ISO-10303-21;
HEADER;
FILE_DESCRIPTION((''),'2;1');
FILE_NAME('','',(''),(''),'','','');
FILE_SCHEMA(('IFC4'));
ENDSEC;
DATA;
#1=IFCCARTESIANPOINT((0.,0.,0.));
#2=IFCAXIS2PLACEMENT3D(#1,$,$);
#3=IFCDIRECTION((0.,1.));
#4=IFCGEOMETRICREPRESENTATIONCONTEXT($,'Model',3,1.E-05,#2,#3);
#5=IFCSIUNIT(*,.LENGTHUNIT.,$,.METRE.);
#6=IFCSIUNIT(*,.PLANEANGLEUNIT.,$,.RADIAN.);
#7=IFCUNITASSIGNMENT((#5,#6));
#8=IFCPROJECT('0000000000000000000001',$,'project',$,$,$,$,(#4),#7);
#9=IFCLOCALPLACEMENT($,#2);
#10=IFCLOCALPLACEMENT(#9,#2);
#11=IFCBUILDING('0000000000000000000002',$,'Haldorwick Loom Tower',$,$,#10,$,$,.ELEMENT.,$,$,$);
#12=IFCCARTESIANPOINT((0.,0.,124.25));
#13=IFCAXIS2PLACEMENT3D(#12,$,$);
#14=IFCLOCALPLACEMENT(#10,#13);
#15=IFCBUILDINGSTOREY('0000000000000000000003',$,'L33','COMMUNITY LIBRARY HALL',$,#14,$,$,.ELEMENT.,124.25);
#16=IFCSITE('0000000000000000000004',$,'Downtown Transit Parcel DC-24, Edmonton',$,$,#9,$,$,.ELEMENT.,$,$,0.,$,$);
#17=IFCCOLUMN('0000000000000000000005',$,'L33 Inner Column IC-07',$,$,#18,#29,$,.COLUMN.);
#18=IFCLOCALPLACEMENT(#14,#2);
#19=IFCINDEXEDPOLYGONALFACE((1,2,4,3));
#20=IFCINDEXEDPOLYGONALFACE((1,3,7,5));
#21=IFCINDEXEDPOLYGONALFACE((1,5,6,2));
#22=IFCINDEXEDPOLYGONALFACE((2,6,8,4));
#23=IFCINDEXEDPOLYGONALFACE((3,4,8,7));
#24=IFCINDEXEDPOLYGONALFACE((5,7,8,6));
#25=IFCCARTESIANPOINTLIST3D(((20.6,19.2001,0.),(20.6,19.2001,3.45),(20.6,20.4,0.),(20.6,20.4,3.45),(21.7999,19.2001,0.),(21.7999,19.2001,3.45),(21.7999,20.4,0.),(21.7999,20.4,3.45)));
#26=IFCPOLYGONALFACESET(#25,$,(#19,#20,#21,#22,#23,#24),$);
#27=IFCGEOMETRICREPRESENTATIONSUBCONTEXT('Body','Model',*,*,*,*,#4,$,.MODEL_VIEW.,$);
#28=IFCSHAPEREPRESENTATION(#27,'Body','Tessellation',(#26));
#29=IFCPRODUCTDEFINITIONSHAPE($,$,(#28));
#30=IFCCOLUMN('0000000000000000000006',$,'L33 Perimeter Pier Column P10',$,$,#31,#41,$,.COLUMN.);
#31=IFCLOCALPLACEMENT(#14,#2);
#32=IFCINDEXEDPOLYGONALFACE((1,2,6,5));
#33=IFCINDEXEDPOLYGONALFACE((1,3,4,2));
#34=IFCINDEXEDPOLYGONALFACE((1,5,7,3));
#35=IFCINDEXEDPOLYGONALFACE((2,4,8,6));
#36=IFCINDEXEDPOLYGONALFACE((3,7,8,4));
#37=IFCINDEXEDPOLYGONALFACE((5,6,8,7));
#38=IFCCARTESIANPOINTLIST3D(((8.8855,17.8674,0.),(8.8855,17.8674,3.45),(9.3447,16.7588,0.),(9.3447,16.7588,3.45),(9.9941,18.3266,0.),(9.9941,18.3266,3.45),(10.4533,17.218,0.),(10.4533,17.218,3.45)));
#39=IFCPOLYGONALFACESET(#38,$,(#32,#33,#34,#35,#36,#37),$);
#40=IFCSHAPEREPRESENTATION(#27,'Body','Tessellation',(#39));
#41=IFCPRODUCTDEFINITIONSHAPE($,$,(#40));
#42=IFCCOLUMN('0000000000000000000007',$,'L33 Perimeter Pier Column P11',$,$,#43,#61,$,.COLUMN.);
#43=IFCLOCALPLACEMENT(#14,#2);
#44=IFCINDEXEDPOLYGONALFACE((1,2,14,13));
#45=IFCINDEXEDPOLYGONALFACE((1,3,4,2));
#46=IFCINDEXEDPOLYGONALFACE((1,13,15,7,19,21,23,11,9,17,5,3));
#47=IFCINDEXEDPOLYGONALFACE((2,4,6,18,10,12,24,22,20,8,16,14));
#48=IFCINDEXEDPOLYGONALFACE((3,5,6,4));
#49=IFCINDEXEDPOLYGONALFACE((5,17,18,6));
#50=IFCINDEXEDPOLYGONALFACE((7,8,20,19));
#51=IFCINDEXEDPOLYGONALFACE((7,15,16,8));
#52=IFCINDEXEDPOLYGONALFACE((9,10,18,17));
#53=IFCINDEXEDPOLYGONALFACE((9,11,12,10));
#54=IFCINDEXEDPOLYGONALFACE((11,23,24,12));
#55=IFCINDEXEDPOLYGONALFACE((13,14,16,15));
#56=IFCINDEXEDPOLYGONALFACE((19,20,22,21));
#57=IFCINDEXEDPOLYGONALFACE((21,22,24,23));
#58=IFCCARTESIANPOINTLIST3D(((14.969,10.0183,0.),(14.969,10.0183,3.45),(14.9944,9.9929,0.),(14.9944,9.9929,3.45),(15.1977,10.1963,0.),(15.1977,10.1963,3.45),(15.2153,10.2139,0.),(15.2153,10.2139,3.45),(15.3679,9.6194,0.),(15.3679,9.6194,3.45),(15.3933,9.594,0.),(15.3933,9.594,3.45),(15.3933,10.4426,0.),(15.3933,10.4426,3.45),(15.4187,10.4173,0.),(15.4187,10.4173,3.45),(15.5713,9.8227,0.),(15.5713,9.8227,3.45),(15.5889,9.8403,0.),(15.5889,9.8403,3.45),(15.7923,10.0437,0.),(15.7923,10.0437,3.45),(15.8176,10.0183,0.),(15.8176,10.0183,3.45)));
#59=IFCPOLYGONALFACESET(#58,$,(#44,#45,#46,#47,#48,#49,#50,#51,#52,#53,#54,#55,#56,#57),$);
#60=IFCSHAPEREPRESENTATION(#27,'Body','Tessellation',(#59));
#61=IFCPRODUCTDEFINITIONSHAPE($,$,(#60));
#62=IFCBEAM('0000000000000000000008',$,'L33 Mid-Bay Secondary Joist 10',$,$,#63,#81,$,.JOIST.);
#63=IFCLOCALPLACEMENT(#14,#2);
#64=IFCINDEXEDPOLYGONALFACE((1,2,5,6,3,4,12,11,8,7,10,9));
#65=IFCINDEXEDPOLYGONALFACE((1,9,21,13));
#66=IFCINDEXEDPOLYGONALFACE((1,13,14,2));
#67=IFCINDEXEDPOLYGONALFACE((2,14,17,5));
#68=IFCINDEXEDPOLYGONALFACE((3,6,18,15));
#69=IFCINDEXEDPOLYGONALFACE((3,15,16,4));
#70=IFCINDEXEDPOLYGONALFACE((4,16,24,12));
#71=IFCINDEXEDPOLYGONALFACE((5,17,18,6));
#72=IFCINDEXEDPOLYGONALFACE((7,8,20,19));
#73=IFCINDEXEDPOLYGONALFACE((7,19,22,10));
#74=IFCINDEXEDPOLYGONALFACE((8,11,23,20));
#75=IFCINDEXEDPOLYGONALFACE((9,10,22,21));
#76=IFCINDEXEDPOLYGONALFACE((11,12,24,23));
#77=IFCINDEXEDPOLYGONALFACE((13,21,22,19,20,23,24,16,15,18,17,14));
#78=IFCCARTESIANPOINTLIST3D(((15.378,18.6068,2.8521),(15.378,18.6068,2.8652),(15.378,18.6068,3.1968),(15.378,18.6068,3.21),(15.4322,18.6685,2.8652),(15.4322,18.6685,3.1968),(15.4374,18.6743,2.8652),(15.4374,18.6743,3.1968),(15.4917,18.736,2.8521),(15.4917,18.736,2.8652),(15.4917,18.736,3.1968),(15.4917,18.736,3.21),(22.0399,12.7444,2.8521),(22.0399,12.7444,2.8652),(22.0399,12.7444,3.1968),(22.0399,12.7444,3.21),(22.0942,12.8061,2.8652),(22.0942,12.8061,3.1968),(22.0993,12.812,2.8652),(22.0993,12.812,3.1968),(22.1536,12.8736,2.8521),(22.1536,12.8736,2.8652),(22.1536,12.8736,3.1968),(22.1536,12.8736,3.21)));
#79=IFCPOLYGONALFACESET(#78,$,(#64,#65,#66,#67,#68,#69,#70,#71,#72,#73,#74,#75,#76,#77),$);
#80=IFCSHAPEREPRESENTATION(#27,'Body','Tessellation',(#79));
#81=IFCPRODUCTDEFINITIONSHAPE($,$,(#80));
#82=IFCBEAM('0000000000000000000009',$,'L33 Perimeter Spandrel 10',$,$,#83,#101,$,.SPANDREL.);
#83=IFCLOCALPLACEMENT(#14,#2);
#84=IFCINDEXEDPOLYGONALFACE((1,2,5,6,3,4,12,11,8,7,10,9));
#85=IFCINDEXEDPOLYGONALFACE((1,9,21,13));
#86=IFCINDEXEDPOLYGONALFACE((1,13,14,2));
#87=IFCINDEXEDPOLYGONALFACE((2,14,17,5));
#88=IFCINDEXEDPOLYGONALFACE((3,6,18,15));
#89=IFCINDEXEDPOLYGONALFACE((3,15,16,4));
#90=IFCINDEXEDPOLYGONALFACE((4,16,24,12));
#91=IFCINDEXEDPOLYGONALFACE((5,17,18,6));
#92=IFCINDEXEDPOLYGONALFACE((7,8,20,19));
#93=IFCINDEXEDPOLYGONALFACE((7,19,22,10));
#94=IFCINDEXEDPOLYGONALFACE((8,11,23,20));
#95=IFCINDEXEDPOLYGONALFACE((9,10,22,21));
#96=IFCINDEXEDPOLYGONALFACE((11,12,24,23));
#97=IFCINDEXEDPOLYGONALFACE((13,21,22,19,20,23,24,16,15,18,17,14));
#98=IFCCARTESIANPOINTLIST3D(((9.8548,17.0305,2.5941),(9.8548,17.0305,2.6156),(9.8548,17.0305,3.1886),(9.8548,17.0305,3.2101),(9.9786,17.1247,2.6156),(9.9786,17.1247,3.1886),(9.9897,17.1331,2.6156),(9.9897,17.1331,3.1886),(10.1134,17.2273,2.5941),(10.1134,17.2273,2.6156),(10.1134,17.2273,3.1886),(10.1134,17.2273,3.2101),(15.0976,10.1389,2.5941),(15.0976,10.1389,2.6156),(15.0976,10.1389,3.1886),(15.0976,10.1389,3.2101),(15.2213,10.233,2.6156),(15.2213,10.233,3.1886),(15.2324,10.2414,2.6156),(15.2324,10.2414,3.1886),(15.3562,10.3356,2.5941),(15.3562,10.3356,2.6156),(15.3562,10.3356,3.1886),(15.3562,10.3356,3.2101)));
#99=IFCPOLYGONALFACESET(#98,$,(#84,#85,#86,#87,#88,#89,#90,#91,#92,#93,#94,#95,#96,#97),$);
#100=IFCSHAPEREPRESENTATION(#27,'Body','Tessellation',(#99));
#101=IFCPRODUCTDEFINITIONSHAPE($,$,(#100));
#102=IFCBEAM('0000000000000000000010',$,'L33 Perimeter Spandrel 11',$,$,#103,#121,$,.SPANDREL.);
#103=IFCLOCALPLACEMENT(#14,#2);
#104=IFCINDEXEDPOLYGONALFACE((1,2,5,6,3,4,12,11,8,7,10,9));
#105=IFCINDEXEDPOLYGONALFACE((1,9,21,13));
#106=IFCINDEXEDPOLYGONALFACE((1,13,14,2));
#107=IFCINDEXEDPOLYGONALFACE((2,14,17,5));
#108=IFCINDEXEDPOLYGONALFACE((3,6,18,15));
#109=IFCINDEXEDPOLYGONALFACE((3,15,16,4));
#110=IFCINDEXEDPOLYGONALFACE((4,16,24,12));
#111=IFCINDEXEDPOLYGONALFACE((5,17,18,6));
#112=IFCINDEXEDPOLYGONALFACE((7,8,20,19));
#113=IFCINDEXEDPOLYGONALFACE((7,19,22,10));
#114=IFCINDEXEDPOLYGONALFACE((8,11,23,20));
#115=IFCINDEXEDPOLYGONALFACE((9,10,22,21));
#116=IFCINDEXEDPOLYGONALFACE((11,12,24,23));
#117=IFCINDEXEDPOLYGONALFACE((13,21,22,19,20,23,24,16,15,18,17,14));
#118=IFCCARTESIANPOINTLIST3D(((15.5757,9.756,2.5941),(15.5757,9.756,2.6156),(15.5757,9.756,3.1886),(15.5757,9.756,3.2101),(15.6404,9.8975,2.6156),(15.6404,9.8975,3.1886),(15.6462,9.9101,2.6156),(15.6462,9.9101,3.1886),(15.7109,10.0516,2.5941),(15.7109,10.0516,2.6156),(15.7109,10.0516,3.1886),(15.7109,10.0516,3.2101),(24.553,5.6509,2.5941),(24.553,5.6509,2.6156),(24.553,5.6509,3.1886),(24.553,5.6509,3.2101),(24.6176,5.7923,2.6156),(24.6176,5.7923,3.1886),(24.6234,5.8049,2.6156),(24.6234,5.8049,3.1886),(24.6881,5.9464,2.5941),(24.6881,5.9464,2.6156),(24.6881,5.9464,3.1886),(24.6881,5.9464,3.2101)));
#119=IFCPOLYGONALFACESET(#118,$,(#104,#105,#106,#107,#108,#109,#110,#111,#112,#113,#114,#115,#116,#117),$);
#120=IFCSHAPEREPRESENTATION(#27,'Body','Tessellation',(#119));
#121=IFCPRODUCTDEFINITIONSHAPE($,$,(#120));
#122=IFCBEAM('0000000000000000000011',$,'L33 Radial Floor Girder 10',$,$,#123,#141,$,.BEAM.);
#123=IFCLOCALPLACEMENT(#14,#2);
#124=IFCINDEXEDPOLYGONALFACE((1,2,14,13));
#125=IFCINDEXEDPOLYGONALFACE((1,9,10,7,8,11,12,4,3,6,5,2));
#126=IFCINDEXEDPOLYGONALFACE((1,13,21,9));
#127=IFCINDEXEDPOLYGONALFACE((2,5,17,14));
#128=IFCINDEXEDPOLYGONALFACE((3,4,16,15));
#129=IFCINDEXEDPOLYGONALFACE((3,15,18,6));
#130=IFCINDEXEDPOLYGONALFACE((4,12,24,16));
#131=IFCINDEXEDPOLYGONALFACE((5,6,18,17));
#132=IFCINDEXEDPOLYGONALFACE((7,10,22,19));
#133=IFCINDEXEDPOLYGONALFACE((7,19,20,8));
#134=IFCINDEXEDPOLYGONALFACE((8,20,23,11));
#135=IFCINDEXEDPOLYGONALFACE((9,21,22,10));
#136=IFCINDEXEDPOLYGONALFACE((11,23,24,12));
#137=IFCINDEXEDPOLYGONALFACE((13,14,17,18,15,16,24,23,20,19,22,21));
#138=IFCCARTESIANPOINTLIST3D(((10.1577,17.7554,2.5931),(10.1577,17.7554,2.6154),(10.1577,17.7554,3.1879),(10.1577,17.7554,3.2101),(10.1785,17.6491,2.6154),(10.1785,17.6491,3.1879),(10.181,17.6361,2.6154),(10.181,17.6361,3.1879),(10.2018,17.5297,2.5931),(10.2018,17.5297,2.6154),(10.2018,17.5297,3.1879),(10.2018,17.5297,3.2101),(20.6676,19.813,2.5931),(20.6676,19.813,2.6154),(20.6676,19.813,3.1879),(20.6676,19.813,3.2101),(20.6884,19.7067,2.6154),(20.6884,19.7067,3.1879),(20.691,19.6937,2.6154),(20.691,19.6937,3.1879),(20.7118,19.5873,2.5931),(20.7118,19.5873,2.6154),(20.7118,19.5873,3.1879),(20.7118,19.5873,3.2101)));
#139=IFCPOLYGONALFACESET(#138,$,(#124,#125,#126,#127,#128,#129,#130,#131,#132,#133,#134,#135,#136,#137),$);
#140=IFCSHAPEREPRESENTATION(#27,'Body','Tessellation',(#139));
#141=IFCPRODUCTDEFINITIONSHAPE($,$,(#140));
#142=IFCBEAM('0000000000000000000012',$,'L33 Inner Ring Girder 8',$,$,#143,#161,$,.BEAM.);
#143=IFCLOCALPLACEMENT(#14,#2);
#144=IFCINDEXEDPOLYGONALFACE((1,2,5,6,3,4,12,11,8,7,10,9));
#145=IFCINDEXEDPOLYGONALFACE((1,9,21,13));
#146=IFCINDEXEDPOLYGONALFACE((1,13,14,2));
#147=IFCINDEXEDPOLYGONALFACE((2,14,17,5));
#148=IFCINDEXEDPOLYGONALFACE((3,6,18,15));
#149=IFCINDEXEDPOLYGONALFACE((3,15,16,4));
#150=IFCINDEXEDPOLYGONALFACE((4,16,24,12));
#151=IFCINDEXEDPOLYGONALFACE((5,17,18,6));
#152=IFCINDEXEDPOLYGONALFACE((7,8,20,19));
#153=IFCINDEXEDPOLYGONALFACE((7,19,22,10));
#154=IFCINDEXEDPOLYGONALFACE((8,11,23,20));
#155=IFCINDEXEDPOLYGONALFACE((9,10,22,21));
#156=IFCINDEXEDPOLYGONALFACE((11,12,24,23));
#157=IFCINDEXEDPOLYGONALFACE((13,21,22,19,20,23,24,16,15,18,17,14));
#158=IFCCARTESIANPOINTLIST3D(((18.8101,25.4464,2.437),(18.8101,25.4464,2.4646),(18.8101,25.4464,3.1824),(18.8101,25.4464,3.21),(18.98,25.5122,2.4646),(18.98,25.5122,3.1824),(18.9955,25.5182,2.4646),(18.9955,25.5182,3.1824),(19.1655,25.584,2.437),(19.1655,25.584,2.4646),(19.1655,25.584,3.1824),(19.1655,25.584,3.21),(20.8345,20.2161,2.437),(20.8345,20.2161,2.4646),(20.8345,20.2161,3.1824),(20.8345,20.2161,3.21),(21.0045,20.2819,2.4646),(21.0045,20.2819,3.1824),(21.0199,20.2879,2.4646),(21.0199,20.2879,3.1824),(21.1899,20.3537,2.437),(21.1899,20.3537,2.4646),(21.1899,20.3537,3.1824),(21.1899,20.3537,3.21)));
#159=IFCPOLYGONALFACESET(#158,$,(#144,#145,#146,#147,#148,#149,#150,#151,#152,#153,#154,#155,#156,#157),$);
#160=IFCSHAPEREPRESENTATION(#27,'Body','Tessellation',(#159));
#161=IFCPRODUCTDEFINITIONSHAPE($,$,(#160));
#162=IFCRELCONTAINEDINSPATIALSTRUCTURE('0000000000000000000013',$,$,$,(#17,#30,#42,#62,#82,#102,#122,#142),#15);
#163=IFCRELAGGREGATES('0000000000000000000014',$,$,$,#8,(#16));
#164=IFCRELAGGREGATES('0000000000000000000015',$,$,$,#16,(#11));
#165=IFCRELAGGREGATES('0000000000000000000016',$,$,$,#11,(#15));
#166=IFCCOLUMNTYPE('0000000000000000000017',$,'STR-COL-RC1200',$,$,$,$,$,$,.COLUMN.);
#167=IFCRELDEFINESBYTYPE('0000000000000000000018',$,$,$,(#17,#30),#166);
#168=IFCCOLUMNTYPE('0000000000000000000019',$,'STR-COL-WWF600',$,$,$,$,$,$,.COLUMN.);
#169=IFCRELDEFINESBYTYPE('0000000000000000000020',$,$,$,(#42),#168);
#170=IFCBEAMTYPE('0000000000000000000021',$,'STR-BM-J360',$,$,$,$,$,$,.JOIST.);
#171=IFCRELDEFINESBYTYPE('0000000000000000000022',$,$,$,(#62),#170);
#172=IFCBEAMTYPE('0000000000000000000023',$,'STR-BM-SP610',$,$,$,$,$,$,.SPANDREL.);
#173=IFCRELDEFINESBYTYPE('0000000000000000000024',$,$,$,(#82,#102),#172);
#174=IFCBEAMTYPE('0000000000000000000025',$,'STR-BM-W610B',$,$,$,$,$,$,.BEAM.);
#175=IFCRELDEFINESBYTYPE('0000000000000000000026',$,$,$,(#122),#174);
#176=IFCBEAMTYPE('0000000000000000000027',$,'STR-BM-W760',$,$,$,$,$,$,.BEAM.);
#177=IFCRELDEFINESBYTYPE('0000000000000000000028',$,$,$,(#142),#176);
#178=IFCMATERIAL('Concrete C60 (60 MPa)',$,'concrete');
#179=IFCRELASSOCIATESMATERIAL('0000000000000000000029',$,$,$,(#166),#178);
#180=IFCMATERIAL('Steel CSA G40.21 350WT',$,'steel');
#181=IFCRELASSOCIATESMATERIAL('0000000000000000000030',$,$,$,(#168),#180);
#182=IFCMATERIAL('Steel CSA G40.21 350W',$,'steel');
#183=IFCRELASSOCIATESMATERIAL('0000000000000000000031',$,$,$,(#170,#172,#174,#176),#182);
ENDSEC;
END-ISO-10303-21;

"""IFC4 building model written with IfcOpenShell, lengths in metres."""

from ifc_helpers import new_model, si_unit, direction, frame, origin, origin_2d, place, context, subcontext, project, spatial, rectangle, i_section, extrude, material, material_profile, profile_set, type_object, element, save


model = new_model("IFC4")

# Units and contexts
model_context = context("Model", 3, precision=1e-05, world=origin(), true_north=direction((0.0, 1.0)))
body_context = subcontext(model_context, "Body", "Model", "MODEL_VIEW")
ifc_project = project(units=[si_unit("LENGTHUNIT", "METRE"), si_unit("PLANEANGLEUNIT", "RADIAN")], contexts=[model_context])

# Site, building, storey
site_placement = place(None, origin())
site = spatial("IfcSite", under=ifc_project, at=site_placement, Name="Downtown Transit Parcel DC-24, Edmonton", CompositionType="ELEMENT", RefElevation=0.0)
building_placement = place(site_placement, origin())
building = spatial("IfcBuilding", under=site, at=building_placement, Name="Haldorwick Loom Tower", CompositionType="ELEMENT")
storey_placement = place(building_placement, frame((0.0, 0.0, 124.25)))
storey = spatial("IfcBuildingStorey", under=building, at=storey_placement, Name="L33", Description="COMMUNITY LIBRARY HALL", CompositionType="ELEMENT", Elevation=124.25)

# Columns
ifc_material_1 = material(Name="Concrete C60 (60 MPa)", Category="concrete")
ifc_material_profile_1 = material_profile(ifc_material_1, rectangle(XDim=1.2, YDim=1.2, at=origin_2d()), Name="RC1200X1200", Category="concrete")
ifc_profile_set_1 = profile_set([ifc_material_profile_1], Name="Concrete C60 (60 MPa)")
column_type_1 = type_object("IfcColumnType", Name="STR-COL-RC1200", PredefinedType="COLUMN", material=ifc_profile_set_1)
for number, where, z_axis, x_axis, name in (
    (1, (21.2, 19.8, 0.0), (0.0, 0.0, 1.0), (1.0, 0.0, 0.0), "L33 Inner Column IC-07"),
    (2, (9.6694, 17.5427, 0.0), (0.0, 0.0, 1.0), (-0.92388, -0.382683, 0.0), "L33 Perimeter Pier Column P10"),
):
    element("IfcColumn", number, at=place(storey_placement, frame(where, z_axis=z_axis, x_axis=x_axis)), inside=storey, type_object=column_type_1, Name=name, PredefinedType="COLUMN", context=body_context, shape_type="SweptSolid", body=[
        extrude(rectangle(XDim=1.2, YDim=1.2, at=origin_2d()), origin(), (0.0, 0.0, 1.0), 3.45),
    ])
ifc_material_2 = material(Name="Steel CSA G40.21 350WT", Category="steel")
ifc_material_profile_2 = material_profile(ifc_material_2, i_section(OverallWidth=0.6001, OverallDepth=0.6001, WebThickness=0.0249, FlangeThickness=0.0359, at=origin_2d()), Name="WWF600X600", Category="steel")
ifc_profile_set_2 = profile_set([ifc_material_profile_2], Name="Steel CSA G40.21 350WT")
column_type_2 = type_object("IfcColumnType", Name="STR-COL-WWF600", PredefinedType="COLUMN", material=ifc_profile_set_2)
column_placement = place(storey_placement, frame((15.3933, 10.0183, 0.0), z_axis=(0.0, 0.0, 1.0), x_axis=(-0.707107, -0.707107, 0.0)))
element("IfcColumn", 3, at=column_placement, inside=storey, type_object=column_type_2, Name="L33 Perimeter Pier Column P11", PredefinedType="COLUMN", context=body_context, shape_type="SweptSolid", body=[
    extrude(i_section(OverallWidth=0.6001, OverallDepth=0.6001, WebThickness=0.0249, FlangeThickness=0.0359, at=origin_2d()), origin(), (0.0, 0.0, 1.0), 3.45),
])

# Beams
ifc_material_3 = material(Name="Steel CSA G40.21 350W", Category="steel")
ifc_material_profile_3 = material_profile(ifc_material_3, i_section(OverallWidth=0.1721, OverallDepth=0.3579, WebThickness=0.0078, FlangeThickness=0.0132, at=origin_2d()), Name="W360X57", Category="steel")
ifc_profile_set_3 = profile_set([ifc_material_profile_3], Name="Steel CSA G40.21 350W")
beam_type_1 = type_object("IfcBeamType", Name="STR-BM-J360", PredefinedType="JOIST", material=ifc_profile_set_3)
beam_1_placement = place(storey_placement, frame((15.4348, 18.6714, 3.031), z_axis=(0.750721, -0.660619, 0.0), x_axis=(0.660619, 0.750721, 0.0)))
element("IfcBeam", 4, at=beam_1_placement, inside=storey, type_object=beam_type_1, Name="L33 Mid-Bay Secondary Joist 10", PredefinedType="JOIST", context=body_context, shape_type="SweptSolid", body=[
    extrude(i_section(OverallWidth=0.1721, OverallDepth=0.3579, WebThickness=0.0078, FlangeThickness=0.0132, at=origin_2d()), origin(), (0.0, 0.0, 1.0), 8.874),
])
ifc_material_profile_4 = material_profile(ifc_material_3, i_section(OverallWidth=0.325, OverallDepth=0.616, WebThickness=0.0139, FlangeThickness=0.0215, at=origin_2d()), Name="W610X174", Category="steel")
ifc_profile_set_4 = profile_set([ifc_material_profile_4], Name="Steel CSA G40.21 350W")
beam_type_2 = type_object("IfcBeamType", Name="STR-BM-SP610", PredefinedType="SPANDREL", material=ifc_profile_set_4)
beam_2_placement = place(storey_placement, frame((9.9841, 17.1289, 2.9021), z_axis=(0.605454, -0.795881, 0.0), x_axis=(0.795881, 0.605454, 0.0)))
element("IfcBeam", 5, at=beam_2_placement, inside=storey, type_object=beam_type_2, Name="L33 Perimeter Spandrel 10", PredefinedType="SPANDREL", context=body_context, shape_type="SweptSolid", body=[
    extrude(i_section(OverallWidth=0.325, OverallDepth=0.616, WebThickness=0.0139, FlangeThickness=0.0215, at=origin_2d()), origin(), (0.0, 0.0, 1.0), 8.6592),
])
beam_3_placement = place(storey_placement, frame((15.6433, 9.9038, 2.9021), z_axis=(0.909424, -0.41587, 0.0), x_axis=(0.41587, 0.909424, 0.0)))
element("IfcBeam", 6, at=beam_3_placement, inside=storey, type_object=beam_type_2, Name="L33 Perimeter Spandrel 11", PredefinedType="SPANDREL", context=body_context, shape_type="SweptSolid", body=[
    extrude(i_section(OverallWidth=0.325, OverallDepth=0.616, WebThickness=0.0139, FlangeThickness=0.0215, at=origin_2d()), origin(), (0.0, 0.0, 1.0), 9.8713),
])
ifc_material_profile_5 = material_profile(ifc_material_3, i_section(OverallWidth=0.23, OverallDepth=0.6169, WebThickness=0.0132, FlangeThickness=0.0222, at=origin_2d()), Name="W610X140", Category="steel")
ifc_profile_set_5 = profile_set([ifc_material_profile_5], Name="Steel CSA G40.21 350W")
beam_type_3 = type_object("IfcBeamType", Name="STR-BM-W610B", PredefinedType="BEAM", material=ifc_profile_set_5)
beam_4_placement = place(storey_placement, frame((20.6897, 19.7002, 2.9016), z_axis=(-0.98137, -0.192129, 0.0), x_axis=(0.192129, -0.98137, 0.0)))
element("IfcBeam", 7, at=beam_4_placement, inside=storey, type_object=beam_type_3, Name="L33 Radial Floor Girder 10", PredefinedType="BEAM", context=body_context, shape_type="SweptSolid", body=[
    extrude(i_section(OverallWidth=0.23, OverallDepth=0.6169, WebThickness=0.0132, FlangeThickness=0.0222, at=origin_2d()), origin(), (0.0, 0.0, 1.0), 10.7095),
])
ifc_material_profile_6 = material_profile(ifc_material_3, i_section(OverallWidth=0.3811, OverallDepth=0.7729, WebThickness=0.0166, FlangeThickness=0.0276, at=origin_2d()), Name="W760X257", Category="steel")
ifc_profile_set_6 = profile_set([ifc_material_profile_6], Name="Steel CSA G40.21 350W")
beam_type_4 = type_object("IfcBeamType", Name="STR-BM-W760", PredefinedType="BEAM", material=ifc_profile_set_6)
beam_5_placement = place(storey_placement, frame((21.0122, 20.2849, 2.8235), z_axis=(-0.360965, 0.932579, 0.0), x_axis=(-0.932579, -0.360965, 0.0)))
element("IfcBeam", 8, at=beam_5_placement, inside=storey, type_object=beam_type_4, Name="L33 Inner Ring Girder 8", PredefinedType="BEAM", context=body_context, shape_type="SweptSolid", body=[
    extrude(i_section(OverallWidth=0.3811, OverallDepth=0.7729, WebThickness=0.0166, FlangeThickness=0.0276, at=origin_2d()), origin(), (0.0, 0.0, 1.0), 5.6084),
])

save(model, "model.ifc")
